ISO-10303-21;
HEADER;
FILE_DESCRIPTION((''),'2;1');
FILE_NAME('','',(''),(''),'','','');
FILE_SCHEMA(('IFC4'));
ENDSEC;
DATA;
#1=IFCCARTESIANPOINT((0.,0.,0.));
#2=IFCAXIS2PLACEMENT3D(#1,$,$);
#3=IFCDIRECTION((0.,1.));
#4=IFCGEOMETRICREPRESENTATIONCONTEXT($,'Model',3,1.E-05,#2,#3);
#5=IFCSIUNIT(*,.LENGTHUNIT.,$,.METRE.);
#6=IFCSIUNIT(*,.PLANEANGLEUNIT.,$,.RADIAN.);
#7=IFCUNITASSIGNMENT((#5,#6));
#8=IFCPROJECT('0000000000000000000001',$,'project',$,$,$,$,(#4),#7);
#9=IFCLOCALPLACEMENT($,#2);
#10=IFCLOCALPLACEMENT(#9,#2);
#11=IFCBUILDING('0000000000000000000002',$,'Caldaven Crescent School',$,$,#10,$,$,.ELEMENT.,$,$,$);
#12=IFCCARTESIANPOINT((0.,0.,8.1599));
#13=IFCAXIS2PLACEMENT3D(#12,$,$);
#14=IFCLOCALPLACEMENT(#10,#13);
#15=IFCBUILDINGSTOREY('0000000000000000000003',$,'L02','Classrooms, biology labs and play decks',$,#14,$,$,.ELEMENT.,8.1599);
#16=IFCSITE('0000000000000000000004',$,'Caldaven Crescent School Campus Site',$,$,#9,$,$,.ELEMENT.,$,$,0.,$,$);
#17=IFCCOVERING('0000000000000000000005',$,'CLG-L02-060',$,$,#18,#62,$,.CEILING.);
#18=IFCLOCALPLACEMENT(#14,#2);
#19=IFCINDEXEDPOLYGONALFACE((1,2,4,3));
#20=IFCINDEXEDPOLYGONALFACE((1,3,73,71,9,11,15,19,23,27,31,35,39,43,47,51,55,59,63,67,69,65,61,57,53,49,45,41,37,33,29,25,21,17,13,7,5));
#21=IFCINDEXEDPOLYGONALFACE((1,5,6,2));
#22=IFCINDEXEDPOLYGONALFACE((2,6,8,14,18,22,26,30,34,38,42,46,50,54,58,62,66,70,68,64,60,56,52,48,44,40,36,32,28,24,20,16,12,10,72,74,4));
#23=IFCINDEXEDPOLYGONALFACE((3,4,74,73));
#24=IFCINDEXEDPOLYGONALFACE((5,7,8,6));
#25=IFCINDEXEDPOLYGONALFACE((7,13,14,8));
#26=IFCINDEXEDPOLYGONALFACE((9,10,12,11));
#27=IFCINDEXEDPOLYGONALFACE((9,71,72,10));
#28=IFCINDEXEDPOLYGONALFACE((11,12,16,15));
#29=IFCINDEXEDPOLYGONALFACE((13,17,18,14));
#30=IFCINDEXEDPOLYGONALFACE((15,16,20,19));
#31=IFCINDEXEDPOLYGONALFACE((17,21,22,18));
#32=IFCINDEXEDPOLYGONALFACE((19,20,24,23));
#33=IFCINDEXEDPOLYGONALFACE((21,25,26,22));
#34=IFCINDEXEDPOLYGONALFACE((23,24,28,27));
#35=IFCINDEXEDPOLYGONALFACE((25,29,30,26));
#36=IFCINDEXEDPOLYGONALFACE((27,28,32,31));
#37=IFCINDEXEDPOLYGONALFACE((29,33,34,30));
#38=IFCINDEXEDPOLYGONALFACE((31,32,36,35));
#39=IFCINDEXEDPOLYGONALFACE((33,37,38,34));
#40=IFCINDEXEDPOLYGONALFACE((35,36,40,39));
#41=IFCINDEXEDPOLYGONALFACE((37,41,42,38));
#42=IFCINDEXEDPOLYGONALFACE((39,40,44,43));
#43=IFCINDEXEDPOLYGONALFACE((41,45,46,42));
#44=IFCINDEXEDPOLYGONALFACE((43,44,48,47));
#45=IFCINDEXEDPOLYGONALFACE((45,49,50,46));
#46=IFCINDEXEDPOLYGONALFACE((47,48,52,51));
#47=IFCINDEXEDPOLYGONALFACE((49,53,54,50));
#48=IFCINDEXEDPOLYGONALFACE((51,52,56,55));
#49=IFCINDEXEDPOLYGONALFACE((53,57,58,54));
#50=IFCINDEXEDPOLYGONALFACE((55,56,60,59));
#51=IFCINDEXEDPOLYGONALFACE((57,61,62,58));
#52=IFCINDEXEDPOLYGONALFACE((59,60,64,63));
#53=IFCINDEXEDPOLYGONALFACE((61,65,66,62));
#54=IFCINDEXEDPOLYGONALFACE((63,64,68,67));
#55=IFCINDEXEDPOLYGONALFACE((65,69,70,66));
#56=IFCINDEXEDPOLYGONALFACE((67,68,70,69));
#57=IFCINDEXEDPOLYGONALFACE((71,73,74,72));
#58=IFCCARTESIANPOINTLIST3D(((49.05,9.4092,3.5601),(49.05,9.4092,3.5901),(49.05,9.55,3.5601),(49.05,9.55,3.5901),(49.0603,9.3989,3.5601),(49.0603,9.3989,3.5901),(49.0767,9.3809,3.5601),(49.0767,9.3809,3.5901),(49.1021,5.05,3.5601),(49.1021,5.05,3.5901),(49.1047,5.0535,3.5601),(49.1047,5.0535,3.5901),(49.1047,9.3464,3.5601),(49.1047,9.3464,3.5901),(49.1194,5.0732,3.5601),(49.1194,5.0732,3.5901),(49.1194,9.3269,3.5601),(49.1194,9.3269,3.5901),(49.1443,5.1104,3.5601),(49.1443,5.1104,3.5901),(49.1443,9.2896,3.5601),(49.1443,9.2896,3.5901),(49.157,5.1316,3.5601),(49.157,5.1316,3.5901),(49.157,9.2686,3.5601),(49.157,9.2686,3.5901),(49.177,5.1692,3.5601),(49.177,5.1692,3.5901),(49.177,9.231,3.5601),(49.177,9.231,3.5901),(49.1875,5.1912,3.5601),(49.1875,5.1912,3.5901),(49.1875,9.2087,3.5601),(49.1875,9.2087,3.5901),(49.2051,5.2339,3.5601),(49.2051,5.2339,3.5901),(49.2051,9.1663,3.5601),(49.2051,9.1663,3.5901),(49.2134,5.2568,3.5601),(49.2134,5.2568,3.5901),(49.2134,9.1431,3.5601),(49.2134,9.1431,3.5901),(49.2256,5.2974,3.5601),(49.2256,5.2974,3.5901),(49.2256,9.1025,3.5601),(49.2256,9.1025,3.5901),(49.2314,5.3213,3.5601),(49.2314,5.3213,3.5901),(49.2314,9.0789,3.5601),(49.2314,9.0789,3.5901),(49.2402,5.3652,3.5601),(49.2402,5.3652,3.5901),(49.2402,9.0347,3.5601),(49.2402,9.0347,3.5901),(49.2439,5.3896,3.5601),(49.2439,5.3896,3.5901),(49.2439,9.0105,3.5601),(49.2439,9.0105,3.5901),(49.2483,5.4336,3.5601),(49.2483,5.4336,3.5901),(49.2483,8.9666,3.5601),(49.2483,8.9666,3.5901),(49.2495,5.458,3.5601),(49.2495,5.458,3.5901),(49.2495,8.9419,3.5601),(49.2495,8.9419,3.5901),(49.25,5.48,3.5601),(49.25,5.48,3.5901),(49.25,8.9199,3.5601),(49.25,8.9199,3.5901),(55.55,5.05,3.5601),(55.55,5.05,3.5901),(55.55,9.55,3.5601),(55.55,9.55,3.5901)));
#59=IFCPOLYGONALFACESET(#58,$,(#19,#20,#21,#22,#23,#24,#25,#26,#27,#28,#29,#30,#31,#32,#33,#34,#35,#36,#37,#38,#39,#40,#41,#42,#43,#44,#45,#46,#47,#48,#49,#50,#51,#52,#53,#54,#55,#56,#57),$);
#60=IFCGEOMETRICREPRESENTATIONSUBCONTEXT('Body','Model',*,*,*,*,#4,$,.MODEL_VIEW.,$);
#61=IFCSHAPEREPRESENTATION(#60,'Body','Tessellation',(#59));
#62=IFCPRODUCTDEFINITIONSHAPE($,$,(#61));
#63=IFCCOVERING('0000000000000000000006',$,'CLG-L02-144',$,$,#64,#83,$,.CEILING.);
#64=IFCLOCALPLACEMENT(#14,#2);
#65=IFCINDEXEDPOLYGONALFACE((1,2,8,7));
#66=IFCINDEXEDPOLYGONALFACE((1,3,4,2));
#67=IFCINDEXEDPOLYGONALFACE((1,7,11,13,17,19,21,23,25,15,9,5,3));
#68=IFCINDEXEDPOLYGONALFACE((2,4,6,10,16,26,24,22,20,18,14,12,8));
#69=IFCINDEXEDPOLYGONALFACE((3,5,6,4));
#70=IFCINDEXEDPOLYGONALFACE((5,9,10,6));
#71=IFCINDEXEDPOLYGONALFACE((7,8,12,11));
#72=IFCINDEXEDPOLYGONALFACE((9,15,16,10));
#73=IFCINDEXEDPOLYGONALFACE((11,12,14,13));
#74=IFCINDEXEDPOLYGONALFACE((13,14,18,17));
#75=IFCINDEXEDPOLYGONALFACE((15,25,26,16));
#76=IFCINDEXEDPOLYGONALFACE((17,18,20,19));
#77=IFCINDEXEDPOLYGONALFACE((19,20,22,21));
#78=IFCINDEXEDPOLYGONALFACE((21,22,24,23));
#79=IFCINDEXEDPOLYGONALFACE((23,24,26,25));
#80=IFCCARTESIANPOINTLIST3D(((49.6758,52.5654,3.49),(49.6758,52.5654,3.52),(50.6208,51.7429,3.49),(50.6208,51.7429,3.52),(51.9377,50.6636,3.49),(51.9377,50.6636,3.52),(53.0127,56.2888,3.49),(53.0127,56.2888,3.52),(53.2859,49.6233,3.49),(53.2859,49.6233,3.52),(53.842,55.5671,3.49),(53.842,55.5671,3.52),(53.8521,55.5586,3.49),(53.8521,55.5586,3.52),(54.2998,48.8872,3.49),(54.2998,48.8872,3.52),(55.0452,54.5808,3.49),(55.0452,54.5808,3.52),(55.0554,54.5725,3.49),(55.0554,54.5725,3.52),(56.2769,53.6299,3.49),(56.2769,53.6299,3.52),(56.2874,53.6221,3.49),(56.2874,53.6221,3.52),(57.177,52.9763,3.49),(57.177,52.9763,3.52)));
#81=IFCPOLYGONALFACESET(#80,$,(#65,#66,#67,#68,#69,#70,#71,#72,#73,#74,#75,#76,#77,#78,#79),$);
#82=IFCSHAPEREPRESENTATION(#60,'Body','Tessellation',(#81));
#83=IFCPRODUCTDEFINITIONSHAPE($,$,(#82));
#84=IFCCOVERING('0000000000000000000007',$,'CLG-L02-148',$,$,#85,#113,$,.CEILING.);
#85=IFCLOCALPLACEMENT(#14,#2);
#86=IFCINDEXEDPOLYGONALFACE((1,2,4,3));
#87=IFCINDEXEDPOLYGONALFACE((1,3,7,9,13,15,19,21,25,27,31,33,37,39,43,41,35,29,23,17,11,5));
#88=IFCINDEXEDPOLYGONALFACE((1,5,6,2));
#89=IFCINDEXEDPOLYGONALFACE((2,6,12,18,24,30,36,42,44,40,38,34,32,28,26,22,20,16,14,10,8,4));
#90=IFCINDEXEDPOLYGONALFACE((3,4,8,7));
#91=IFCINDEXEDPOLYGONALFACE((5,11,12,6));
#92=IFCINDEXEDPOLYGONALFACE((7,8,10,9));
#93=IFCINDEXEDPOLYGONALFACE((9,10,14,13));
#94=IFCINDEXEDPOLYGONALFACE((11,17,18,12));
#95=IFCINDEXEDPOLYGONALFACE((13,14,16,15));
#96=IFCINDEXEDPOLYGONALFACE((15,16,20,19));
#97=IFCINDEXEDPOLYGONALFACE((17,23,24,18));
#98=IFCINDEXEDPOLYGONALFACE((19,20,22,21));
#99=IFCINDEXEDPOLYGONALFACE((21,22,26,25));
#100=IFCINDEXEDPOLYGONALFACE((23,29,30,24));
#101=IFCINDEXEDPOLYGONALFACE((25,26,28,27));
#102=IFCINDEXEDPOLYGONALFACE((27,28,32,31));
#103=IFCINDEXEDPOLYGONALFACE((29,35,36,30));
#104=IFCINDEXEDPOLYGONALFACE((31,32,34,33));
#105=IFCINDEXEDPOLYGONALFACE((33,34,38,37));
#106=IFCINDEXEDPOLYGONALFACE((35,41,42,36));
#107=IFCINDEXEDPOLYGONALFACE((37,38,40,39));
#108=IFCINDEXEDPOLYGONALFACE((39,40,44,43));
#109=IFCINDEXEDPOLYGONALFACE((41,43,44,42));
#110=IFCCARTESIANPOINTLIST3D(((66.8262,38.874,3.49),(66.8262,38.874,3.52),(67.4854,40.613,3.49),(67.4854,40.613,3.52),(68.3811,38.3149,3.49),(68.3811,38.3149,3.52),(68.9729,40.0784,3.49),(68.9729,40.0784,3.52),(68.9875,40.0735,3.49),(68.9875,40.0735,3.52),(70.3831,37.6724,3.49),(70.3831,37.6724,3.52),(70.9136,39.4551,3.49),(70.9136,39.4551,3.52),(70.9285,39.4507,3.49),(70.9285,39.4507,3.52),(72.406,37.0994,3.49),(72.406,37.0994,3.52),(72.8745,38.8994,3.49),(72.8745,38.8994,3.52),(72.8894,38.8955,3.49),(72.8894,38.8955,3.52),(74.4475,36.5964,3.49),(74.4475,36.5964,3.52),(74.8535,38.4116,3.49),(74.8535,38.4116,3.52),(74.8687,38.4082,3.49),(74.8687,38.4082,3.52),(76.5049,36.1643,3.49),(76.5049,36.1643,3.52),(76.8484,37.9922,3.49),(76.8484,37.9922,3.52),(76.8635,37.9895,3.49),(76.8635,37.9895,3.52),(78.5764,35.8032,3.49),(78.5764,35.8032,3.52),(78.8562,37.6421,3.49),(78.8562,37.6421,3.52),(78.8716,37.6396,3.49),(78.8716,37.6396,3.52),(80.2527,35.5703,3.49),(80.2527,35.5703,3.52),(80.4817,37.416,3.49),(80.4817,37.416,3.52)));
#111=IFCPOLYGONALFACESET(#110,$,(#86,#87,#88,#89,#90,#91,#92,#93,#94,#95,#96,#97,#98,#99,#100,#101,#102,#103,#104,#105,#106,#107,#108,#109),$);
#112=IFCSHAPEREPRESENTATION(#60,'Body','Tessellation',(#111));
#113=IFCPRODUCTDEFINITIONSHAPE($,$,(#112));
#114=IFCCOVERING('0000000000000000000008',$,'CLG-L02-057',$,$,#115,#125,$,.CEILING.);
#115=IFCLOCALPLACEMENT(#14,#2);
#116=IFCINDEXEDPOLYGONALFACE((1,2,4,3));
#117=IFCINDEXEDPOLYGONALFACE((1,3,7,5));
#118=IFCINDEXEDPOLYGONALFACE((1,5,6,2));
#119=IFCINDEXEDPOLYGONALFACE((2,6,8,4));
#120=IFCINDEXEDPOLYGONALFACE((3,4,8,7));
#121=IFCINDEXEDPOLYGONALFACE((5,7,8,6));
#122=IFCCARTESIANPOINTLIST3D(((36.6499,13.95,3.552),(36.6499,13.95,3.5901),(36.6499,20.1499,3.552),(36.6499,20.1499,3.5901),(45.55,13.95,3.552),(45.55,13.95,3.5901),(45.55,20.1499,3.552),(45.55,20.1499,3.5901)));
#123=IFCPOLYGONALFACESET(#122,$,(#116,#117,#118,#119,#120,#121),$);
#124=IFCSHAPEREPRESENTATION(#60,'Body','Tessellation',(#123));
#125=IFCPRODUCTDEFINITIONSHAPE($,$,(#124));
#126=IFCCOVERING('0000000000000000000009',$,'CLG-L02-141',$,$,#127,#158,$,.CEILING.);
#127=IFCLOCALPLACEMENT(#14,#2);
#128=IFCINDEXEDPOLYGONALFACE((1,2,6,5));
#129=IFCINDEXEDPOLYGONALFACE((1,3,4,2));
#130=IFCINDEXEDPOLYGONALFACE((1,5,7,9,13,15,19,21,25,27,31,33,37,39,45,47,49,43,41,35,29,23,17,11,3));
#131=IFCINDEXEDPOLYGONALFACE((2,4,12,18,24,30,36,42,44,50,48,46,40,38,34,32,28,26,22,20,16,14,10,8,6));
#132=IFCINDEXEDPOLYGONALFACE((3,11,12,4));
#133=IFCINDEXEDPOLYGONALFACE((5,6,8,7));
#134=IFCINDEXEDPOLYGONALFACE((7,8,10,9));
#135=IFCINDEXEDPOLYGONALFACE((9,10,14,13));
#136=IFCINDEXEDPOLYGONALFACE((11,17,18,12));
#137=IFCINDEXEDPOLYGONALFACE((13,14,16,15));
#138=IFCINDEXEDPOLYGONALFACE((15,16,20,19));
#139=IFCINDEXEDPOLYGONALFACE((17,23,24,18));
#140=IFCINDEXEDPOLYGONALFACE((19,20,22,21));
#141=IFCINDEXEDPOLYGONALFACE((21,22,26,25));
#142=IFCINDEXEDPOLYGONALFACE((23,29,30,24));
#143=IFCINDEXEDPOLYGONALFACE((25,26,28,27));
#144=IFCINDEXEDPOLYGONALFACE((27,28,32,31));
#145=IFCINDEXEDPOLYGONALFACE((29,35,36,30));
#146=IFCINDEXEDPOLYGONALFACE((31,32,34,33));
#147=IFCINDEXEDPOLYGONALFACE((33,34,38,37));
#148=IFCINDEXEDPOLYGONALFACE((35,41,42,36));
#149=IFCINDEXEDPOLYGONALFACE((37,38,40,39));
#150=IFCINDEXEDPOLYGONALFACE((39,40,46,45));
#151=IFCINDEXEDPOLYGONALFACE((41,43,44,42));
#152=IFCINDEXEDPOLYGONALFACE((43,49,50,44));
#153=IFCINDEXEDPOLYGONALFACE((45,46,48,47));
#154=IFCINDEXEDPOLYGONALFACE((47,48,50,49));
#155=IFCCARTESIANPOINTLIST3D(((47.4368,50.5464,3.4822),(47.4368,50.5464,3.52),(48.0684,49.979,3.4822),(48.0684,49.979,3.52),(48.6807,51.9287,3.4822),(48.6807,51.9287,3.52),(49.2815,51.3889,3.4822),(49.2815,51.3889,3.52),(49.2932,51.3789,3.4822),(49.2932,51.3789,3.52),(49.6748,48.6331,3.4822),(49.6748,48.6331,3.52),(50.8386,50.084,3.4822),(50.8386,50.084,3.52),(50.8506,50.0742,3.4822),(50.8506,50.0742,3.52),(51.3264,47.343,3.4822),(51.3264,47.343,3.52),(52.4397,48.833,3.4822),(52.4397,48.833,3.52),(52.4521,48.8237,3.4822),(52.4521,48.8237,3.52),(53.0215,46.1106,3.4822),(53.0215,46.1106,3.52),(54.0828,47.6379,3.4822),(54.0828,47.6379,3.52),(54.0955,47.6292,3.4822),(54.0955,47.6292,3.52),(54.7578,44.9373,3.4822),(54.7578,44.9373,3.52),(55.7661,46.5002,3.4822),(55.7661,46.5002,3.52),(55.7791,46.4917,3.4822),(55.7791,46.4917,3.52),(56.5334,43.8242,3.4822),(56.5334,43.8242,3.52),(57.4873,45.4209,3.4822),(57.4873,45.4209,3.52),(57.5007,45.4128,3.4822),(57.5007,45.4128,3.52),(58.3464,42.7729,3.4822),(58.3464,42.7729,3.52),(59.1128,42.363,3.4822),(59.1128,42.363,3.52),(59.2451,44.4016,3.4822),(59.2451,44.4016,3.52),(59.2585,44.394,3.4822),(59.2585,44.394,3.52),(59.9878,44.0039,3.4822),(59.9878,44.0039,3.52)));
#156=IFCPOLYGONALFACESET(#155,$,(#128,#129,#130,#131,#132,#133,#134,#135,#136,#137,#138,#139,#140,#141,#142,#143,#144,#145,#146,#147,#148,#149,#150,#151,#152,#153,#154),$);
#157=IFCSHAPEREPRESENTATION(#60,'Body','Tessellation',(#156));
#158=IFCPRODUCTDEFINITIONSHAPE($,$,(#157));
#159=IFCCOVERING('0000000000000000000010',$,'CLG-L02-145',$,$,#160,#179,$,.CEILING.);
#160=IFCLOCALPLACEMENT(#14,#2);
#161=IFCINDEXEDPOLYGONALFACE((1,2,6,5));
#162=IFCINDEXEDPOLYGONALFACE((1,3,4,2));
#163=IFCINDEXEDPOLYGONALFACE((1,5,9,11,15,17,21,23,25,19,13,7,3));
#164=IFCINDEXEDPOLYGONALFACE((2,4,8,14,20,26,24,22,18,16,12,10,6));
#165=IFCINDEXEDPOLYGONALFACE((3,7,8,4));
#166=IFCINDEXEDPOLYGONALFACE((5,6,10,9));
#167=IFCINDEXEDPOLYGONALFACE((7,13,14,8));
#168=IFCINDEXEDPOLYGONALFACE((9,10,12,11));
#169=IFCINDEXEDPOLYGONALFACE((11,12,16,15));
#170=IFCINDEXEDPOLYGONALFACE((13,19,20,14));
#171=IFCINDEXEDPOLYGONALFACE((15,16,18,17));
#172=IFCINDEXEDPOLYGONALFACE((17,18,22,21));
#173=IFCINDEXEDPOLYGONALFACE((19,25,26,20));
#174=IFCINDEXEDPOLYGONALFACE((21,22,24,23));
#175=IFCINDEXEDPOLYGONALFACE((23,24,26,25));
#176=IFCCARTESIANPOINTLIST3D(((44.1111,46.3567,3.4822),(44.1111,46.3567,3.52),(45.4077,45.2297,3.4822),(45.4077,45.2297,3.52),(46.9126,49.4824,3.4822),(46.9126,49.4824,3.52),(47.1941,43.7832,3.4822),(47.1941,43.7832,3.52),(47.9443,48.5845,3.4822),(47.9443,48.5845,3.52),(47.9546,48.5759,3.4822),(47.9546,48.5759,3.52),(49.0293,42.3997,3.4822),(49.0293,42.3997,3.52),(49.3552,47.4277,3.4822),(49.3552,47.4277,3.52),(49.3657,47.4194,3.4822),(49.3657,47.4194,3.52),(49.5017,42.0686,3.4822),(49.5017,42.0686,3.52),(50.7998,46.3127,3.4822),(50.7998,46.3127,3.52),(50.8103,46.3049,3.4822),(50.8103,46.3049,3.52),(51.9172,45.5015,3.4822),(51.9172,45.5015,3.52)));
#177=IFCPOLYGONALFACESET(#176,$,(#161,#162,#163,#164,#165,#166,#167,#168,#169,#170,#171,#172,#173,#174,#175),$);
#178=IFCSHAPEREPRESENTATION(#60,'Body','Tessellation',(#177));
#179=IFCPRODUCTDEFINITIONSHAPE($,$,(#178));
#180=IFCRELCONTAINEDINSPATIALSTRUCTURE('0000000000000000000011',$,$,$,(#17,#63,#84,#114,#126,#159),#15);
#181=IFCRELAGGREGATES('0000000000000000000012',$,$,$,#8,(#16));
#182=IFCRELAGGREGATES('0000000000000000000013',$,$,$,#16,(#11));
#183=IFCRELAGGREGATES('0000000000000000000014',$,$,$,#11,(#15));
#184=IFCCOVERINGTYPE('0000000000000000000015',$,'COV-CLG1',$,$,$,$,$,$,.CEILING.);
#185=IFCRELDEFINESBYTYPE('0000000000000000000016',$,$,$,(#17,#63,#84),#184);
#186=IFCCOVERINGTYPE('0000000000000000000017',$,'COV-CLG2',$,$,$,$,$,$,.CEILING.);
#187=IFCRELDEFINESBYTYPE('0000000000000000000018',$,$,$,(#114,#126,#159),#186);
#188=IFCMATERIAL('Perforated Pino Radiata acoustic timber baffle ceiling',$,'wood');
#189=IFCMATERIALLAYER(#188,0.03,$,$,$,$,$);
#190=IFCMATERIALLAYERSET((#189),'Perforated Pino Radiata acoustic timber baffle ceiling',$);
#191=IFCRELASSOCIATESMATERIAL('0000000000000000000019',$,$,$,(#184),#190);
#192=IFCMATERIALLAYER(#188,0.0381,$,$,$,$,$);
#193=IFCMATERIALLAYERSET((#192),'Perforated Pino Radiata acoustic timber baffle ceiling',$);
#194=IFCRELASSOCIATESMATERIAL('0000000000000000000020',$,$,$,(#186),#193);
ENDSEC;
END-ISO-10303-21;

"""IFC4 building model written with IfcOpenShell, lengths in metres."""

from ifc_helpers import new_model, si_unit, direction, frame, origin, place, context, subcontext, project, spatial, polyline, outline, extrude, material, layer, layer_set, type_object, element, save


model = new_model("IFC4")

# Units and contexts
model_context = context("Model", 3, precision=1e-05, world=origin(), true_north=direction((0.0, 1.0)))
body_context = subcontext(model_context, "Body", "Model", "MODEL_VIEW")
ifc_project = project(units=[si_unit("LENGTHUNIT", "METRE"), si_unit("PLANEANGLEUNIT", "RADIAN")], contexts=[model_context])

# Site, building, storey
site_placement = place(None, origin())
site = spatial("IfcSite", under=ifc_project, at=site_placement, Name="Caldaven Crescent School Campus Site", CompositionType="ELEMENT", RefElevation=0.0)
building_placement = place(site_placement, origin())
building = spatial("IfcBuilding", under=site, at=building_placement, Name="Caldaven Crescent School", CompositionType="ELEMENT")
storey_placement = place(building_placement, frame((0.0, 0.0, 8.1599)))
storey = spatial("IfcBuildingStorey", under=building, at=storey_placement, Name="L02", Description="Classrooms, biology labs and play decks", CompositionType="ELEMENT", Elevation=8.1599)

# Coverings
ifc_material_1 = material(Name="Perforated Pino Radiata acoustic timber baffle ceiling", Category="wood")
ifc_layer_1 = layer(ifc_material_1, 0.03)
ifc_layer_set_1 = layer_set([ifc_layer_1], Name="Perforated Pino Radiata acoustic timber baffle ceiling")
covering_type_1 = type_object("IfcCoveringType", Name="COV-CLG1", PredefinedType="CEILING", material=ifc_layer_set_1)
covering_1_placement = place(storey_placement, frame((0.0, 0.0, 3.5601)))
element("IfcCovering", 1, at=covering_1_placement, inside=storey, type_object=covering_type_1, Name="CLG-L02-060", PredefinedType="CEILING", context=body_context, shape_type="SweptSolid", body=[
    extrude(outline(polyline([(49.05, 9.55), (55.55, 9.55), (55.55, 5.05), (49.1021, 5.05), (49.1047, 5.0535), (49.1194, 5.0732), (49.1443, 5.1104), (49.157, 5.1316), (49.177, 5.1692), (49.1875, 5.1912), (49.2051, 5.2339), (49.2134, 5.2568), (49.2256, 5.2974), (49.2314, 5.3213), (49.2402, 5.3652), (49.2439, 5.3896), (49.2483, 5.4336), (49.2495, 5.458), (49.25, 5.48), (49.25, 8.9199), (49.2495, 8.9419), (49.2483, 8.9666), (49.2439, 9.0105), (49.2402, 9.0347), (49.2314, 9.0789), (49.2256, 9.1025), (49.2134, 9.1431), (49.2051, 9.1663), (49.1875, 9.2087), (49.177, 9.231), (49.157, 9.2686), (49.1443, 9.2896), (49.1194, 9.3269), (49.1047, 9.3464), (49.0767, 9.3809), (49.0603, 9.3989), (49.05, 9.4092), (49.05, 9.55)])), origin(), (0.0, 0.0, 1.0), 0.03),
])
covering_2_placement = place(storey_placement, frame((0.0, 0.0, 3.49)))
element("IfcCovering", 2, at=covering_2_placement, inside=storey, type_object=covering_type_1, Name="CLG-L02-144", PredefinedType="CEILING", context=body_context, shape_type="SweptSolid", body=[
    extrude(outline(polyline([(53.842, 55.5671), (53.8521, 55.5586), (55.0452, 54.5808), (55.0554, 54.5725), (56.2769, 53.6299), (56.2874, 53.6221), (57.177, 52.9763), (54.2998, 48.8872), (53.2859, 49.6233), (51.9377, 50.6636), (50.6208, 51.7429), (49.6758, 52.5654), (53.0127, 56.2888), (53.842, 55.5671)])), origin(), (0.0, 0.0, 1.0), 0.03),
])
covering_3_placement = place(storey_placement, frame((0.0, 0.0, 3.49)))
element("IfcCovering", 3, at=covering_3_placement, inside=storey, type_object=covering_type_1, Name="CLG-L02-148", PredefinedType="CEILING", context=body_context, shape_type="SweptSolid", body=[
    extrude(outline(polyline([(68.9729, 40.0784), (68.9875, 40.0735), (70.9136, 39.4551), (70.9285, 39.4507), (72.8745, 38.8994), (72.8894, 38.8955), (74.8535, 38.4116), (74.8687, 38.4082), (76.8484, 37.9922), (76.8635, 37.9895), (78.8562, 37.6421), (78.8716, 37.6396), (80.4817, 37.416), (80.2527, 35.5703), (78.5764, 35.8032), (76.5049, 36.1643), (74.4475, 36.5964), (72.406, 37.0994), (70.3831, 37.6724), (68.3811, 38.3149), (66.8262, 38.874), (67.4854, 40.613), (68.9729, 40.0784)])), origin(), (0.0, 0.0, 1.0), 0.03),
])
ifc_layer_2 = layer(ifc_material_1, 0.0381)
ifc_layer_set_2 = layer_set([ifc_layer_2], Name="Perforated Pino Radiata acoustic timber baffle ceiling")
covering_type_2 = type_object("IfcCoveringType", Name="COV-CLG2", PredefinedType="CEILING", material=ifc_layer_set_2)
covering_4_placement = place(storey_placement, frame((0.0, 0.0, 3.552)))
element("IfcCovering", 4, at=covering_4_placement, inside=storey, type_object=covering_type_2, Name="CLG-L02-057", PredefinedType="CEILING", context=body_context, shape_type="SweptSolid", body=[
    extrude(outline(polyline([(45.55, 20.1499), (45.55, 13.95), (36.6499, 13.95), (36.6499, 20.1499), (45.55, 20.1499)])), origin(), (0.0, 0.0, 1.0), 0.0381),
])
covering_5_placement = place(storey_placement, frame((0.0, 0.0, 3.4822)))
element("IfcCovering", 5, at=covering_5_placement, inside=storey, type_object=covering_type_2, Name="CLG-L02-141", PredefinedType="CEILING", context=body_context, shape_type="SweptSolid", body=[
    extrude(outline(polyline([(49.2815, 51.3889), (49.2932, 51.3789), (50.8386, 50.084), (50.8506, 50.0742), (52.4397, 48.833), (52.4521, 48.8237), (54.0828, 47.6379), (54.0955, 47.6292), (55.7661, 46.5002), (55.7791, 46.4917), (57.4873, 45.4209), (57.5007, 45.4128), (59.2451, 44.4016), (59.2585, 44.394), (59.9878, 44.0039), (59.1128, 42.363), (58.3464, 42.7729), (56.5334, 43.8242), (54.7578, 44.9373), (53.0215, 46.1106), (51.3264, 47.343), (49.6748, 48.6331), (48.0684, 49.979), (47.4368, 50.5464), (48.6807, 51.9287), (49.2815, 51.3889)])), origin(), (0.0, 0.0, 1.0), 0.0378),
])
covering_6_placement = place(storey_placement, frame((0.0, 0.0, 3.4822)))
element("IfcCovering", 6, at=covering_6_placement, inside=storey, type_object=covering_type_2, Name="CLG-L02-145", PredefinedType="CEILING", context=body_context, shape_type="SweptSolid", body=[
    extrude(outline(polyline([(47.9443, 48.5845), (47.9546, 48.5759), (49.3552, 47.4277), (49.3657, 47.4194), (50.7998, 46.3127), (50.8103, 46.3049), (51.9172, 45.5015), (49.5017, 42.0686), (49.0293, 42.3997), (47.1941, 43.7832), (45.4077, 45.2297), (44.1111, 46.3567), (46.9126, 49.4824), (47.9443, 48.5845)])), origin(), (0.0, 0.0, 1.0), 0.0378),
])

save(model, "model.ifc")
